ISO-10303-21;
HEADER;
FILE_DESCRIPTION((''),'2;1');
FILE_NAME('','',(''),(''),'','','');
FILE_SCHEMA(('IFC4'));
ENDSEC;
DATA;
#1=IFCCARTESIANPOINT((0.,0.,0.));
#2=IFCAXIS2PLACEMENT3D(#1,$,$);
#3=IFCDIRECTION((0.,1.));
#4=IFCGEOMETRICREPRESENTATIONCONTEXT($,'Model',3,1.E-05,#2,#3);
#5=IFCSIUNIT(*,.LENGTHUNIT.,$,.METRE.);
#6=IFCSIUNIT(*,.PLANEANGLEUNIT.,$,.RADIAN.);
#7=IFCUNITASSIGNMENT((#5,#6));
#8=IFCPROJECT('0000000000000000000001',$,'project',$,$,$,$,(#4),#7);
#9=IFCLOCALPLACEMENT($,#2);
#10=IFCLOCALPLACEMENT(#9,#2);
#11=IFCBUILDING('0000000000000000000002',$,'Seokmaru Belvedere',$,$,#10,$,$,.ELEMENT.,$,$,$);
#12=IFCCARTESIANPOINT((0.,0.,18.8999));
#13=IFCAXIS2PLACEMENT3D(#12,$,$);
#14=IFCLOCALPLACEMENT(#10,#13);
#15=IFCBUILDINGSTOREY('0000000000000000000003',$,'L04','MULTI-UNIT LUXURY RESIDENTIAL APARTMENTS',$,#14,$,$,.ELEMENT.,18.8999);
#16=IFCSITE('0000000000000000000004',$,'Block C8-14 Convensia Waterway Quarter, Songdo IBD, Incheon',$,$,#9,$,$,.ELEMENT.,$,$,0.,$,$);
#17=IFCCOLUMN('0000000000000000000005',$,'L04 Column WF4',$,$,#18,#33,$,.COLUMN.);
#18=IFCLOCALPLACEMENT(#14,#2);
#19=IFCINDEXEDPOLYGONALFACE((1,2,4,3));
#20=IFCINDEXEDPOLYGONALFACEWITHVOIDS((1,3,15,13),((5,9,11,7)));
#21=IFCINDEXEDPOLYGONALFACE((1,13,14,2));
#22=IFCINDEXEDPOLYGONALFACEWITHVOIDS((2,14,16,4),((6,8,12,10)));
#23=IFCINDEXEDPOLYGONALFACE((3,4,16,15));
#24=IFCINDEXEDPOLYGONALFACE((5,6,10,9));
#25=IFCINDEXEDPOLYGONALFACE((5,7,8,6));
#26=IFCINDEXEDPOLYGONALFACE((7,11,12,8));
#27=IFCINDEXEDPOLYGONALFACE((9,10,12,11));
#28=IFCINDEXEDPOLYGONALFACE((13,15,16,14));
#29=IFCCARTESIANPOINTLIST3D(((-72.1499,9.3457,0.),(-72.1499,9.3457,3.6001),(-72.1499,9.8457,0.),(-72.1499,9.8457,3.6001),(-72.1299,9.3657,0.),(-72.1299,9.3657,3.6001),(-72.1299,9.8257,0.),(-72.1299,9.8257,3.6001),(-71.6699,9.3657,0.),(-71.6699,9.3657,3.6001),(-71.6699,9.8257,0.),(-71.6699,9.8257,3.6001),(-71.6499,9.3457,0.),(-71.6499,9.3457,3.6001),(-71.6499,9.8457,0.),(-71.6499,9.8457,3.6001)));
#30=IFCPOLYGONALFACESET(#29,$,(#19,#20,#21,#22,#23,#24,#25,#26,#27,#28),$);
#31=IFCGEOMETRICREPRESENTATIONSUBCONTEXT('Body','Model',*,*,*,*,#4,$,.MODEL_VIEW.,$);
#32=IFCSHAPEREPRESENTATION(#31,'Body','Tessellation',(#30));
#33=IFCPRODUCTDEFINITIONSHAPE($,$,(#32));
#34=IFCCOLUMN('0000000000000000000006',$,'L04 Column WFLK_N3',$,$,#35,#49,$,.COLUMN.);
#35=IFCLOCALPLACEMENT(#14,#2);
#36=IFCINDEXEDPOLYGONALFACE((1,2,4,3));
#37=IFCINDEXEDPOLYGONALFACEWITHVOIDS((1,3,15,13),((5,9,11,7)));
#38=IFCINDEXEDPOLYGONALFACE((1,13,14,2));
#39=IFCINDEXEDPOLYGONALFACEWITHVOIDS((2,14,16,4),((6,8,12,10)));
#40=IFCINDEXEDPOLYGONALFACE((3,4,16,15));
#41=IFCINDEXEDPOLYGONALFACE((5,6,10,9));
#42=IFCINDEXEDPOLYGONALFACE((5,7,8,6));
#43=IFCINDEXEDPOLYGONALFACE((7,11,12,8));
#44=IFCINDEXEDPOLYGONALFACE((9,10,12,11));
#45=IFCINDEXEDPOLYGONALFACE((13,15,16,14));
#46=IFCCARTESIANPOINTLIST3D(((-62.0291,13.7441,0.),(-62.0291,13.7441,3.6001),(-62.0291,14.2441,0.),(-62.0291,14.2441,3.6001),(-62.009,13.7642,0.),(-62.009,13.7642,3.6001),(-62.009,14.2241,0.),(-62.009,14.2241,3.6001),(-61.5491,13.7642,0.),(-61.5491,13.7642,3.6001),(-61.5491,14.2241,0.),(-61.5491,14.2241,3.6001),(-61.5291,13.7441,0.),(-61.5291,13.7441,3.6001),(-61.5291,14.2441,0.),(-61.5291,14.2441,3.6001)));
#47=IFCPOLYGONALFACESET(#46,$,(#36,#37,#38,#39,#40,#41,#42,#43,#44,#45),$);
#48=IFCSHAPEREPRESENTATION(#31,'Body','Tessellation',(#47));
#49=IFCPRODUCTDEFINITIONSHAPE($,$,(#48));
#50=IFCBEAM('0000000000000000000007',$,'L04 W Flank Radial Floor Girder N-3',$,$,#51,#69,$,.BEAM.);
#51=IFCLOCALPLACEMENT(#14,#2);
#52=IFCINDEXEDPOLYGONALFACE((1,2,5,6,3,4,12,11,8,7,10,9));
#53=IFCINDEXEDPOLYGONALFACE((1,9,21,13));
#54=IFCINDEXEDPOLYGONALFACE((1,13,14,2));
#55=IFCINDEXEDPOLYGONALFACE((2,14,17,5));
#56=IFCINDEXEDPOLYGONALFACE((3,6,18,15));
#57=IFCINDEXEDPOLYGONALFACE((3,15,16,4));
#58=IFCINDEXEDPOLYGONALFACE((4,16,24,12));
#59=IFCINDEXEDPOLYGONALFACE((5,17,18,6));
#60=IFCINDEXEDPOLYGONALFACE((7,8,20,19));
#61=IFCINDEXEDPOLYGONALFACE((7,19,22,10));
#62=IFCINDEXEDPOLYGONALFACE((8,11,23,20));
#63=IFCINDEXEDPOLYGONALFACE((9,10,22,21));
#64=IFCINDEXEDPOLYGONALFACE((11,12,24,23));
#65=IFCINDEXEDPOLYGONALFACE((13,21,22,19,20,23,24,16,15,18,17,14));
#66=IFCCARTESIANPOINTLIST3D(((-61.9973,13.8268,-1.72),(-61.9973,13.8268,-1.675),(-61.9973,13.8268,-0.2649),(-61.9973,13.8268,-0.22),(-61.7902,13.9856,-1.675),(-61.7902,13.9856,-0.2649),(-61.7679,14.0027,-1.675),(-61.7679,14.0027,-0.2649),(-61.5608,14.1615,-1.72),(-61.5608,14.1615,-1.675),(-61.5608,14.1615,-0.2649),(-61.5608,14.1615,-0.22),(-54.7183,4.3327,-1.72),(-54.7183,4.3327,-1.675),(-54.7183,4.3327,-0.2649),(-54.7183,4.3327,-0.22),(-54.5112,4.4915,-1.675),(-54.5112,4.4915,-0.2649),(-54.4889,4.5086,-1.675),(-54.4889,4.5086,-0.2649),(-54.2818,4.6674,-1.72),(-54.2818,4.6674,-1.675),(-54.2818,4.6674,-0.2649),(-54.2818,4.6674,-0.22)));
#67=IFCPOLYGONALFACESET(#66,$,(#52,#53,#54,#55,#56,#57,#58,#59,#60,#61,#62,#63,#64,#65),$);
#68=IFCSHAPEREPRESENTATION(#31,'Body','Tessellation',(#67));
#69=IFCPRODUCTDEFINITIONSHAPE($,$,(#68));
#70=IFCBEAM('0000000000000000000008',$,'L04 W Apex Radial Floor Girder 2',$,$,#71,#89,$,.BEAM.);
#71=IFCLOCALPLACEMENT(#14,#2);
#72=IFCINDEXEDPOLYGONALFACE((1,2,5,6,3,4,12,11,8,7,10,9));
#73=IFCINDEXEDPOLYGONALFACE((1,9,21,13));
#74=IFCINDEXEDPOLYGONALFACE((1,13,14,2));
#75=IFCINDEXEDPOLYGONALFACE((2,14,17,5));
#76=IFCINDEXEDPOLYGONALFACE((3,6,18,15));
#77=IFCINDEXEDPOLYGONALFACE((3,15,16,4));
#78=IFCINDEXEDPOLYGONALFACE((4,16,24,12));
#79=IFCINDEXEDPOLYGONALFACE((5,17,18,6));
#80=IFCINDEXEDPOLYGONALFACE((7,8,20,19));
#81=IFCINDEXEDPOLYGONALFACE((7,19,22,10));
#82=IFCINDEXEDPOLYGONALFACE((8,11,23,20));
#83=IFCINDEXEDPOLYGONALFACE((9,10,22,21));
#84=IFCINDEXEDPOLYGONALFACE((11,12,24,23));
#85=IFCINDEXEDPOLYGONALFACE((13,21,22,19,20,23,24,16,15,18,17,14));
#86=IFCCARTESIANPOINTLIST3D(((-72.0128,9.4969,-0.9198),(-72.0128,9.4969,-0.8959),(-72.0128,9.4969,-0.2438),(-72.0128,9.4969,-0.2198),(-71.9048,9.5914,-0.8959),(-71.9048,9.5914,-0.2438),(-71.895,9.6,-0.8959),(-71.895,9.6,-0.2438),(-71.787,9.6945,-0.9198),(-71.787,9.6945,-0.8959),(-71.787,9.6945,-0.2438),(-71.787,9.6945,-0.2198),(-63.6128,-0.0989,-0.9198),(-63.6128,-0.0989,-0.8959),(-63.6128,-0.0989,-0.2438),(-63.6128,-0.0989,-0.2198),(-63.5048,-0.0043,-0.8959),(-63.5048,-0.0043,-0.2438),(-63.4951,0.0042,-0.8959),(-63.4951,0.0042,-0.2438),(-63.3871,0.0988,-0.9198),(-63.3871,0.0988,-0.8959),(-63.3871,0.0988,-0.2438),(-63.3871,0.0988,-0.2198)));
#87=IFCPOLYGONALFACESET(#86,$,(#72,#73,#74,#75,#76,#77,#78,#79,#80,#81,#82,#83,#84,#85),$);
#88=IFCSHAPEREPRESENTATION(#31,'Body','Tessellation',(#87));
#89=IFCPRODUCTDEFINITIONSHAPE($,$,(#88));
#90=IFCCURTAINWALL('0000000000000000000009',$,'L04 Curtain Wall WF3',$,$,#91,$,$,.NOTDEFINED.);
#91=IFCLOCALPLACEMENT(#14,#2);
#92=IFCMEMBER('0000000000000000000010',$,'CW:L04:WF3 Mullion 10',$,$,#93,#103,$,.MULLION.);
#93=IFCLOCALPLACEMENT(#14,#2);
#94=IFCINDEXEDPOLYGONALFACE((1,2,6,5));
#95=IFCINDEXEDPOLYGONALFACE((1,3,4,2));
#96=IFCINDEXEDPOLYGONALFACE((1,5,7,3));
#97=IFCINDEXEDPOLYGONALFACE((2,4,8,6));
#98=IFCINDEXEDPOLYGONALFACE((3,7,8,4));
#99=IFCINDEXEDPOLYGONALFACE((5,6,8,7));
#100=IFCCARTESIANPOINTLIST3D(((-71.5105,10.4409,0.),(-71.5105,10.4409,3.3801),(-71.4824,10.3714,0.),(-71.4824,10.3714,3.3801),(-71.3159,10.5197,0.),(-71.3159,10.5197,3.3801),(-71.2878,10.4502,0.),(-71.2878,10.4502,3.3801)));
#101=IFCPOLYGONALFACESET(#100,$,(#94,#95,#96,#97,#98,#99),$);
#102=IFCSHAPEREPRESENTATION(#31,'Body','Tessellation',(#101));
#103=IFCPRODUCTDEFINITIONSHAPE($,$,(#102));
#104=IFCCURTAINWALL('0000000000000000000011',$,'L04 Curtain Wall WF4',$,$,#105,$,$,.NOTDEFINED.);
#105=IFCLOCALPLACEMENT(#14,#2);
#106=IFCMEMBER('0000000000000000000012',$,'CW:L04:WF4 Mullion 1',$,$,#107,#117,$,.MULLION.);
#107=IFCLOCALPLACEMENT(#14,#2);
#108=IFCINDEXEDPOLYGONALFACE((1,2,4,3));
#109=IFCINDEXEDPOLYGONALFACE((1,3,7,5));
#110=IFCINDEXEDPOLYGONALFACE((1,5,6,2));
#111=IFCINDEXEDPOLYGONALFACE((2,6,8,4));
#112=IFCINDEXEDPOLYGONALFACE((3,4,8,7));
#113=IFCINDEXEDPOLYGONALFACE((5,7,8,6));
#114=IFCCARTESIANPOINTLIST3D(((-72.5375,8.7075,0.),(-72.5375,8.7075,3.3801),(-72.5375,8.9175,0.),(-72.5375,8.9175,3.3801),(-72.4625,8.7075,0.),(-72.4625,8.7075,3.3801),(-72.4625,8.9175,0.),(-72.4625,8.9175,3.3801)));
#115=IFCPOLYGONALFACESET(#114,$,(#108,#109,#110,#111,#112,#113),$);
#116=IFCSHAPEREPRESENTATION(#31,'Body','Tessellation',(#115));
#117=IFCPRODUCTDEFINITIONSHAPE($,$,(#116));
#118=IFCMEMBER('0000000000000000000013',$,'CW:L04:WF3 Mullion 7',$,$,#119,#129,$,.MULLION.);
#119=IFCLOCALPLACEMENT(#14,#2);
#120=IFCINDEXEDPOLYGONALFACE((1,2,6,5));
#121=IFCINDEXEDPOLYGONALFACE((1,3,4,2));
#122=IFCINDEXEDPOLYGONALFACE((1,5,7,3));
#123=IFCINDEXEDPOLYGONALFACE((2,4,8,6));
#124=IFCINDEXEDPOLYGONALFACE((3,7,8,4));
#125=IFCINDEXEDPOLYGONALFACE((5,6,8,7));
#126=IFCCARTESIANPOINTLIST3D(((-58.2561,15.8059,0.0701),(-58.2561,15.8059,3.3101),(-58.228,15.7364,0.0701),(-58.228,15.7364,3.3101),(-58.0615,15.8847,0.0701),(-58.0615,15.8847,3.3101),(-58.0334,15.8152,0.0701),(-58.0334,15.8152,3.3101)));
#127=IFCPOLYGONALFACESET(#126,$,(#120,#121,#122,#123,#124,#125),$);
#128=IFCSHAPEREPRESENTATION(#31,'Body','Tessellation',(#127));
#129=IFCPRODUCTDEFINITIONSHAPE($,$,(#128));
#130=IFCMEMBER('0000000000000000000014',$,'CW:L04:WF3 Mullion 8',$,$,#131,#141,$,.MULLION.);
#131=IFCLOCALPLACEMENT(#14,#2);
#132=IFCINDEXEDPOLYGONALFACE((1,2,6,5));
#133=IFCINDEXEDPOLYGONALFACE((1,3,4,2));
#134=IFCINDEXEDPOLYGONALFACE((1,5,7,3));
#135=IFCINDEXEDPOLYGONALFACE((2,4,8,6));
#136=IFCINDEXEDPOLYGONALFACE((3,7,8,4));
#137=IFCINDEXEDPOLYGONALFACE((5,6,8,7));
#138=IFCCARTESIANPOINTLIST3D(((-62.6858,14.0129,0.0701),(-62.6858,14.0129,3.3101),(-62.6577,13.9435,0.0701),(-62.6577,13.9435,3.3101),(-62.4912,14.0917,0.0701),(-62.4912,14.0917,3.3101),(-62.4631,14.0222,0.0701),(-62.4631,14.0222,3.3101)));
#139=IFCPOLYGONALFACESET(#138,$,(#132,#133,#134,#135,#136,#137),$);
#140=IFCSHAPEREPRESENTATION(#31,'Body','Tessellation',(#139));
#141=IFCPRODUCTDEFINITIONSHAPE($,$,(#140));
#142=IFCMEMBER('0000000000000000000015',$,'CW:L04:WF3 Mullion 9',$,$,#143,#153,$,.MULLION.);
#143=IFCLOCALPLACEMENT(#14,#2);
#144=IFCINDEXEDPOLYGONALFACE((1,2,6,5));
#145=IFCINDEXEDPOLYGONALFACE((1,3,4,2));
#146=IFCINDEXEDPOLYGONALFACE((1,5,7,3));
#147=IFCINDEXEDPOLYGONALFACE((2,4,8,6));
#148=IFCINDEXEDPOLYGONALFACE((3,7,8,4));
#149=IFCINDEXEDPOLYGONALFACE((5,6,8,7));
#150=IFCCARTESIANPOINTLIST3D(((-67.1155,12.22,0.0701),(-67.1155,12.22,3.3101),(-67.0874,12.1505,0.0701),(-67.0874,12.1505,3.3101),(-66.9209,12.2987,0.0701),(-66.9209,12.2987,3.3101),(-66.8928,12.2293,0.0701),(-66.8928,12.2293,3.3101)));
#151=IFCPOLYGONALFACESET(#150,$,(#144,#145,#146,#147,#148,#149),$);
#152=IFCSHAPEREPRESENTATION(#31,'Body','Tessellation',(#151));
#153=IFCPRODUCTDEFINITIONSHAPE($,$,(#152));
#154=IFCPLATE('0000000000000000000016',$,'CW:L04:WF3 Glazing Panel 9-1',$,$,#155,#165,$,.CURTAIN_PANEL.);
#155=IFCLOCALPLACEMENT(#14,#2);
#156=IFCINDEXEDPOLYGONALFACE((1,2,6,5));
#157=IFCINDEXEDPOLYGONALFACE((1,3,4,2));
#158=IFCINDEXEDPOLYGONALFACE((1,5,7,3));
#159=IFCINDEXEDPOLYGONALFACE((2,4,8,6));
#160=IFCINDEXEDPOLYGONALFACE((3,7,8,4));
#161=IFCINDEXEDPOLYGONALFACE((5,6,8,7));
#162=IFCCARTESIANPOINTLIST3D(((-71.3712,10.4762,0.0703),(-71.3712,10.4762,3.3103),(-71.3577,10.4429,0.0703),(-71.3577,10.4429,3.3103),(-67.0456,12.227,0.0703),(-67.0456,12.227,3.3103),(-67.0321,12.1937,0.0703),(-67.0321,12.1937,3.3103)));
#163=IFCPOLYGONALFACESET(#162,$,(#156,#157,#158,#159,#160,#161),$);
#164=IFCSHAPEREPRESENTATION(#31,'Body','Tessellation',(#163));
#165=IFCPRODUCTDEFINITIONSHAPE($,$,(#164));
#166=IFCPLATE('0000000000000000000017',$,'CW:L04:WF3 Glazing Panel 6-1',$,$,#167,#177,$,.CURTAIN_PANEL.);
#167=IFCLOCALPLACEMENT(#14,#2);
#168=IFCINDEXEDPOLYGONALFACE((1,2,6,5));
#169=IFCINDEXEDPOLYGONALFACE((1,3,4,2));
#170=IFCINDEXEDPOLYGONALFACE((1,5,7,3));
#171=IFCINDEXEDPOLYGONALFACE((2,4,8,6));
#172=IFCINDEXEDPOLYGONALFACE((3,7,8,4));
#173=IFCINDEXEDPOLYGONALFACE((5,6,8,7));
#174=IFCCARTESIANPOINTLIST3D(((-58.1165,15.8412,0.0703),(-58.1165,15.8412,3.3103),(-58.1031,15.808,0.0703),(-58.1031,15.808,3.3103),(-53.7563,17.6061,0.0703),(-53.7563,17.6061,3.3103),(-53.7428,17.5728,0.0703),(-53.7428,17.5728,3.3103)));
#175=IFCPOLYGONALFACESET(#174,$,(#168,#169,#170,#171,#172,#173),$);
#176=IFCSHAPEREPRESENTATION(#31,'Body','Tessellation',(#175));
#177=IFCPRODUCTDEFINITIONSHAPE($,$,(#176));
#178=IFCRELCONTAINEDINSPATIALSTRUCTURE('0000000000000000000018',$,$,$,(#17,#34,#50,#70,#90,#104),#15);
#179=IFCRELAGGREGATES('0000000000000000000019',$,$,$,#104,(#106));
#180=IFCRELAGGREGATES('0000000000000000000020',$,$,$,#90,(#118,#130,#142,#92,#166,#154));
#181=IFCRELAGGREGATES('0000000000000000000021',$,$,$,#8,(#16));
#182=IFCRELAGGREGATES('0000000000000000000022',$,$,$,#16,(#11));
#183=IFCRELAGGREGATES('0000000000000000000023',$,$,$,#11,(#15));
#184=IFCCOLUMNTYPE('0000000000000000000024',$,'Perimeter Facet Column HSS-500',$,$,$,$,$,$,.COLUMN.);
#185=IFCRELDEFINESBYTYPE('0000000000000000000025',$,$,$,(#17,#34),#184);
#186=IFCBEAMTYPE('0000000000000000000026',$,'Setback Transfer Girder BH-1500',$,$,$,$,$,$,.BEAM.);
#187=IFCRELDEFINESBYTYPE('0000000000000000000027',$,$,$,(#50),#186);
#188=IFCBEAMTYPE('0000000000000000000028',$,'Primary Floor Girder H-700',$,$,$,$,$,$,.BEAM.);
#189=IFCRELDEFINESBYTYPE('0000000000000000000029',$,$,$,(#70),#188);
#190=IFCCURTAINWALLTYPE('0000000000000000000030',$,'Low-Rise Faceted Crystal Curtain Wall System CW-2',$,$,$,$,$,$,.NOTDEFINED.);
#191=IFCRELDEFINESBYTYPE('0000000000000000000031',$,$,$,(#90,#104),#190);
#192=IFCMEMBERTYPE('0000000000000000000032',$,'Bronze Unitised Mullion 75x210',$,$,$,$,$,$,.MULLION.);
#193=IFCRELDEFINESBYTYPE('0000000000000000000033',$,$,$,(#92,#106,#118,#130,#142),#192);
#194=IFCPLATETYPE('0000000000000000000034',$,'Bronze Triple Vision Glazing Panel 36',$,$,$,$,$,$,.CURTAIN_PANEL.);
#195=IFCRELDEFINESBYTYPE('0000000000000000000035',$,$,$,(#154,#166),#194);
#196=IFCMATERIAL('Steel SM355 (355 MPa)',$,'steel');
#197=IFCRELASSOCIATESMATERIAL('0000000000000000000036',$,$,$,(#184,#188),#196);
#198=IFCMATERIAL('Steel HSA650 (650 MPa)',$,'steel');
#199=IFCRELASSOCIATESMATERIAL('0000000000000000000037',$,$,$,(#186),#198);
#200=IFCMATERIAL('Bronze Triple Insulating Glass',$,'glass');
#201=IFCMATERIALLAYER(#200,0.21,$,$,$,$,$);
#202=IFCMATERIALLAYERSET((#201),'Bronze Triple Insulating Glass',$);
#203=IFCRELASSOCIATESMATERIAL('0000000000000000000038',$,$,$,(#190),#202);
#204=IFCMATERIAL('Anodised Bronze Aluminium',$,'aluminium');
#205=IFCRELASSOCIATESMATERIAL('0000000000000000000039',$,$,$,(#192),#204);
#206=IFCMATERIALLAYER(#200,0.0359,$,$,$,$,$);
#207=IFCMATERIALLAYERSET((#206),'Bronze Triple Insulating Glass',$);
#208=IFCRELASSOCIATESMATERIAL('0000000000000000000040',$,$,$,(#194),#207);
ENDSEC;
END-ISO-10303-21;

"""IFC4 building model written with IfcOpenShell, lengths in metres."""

from ifc_helpers import new_model, si_unit, direction, frame, origin, origin_2d, place, context, subcontext, project, spatial, rectangle, hollow_rectangle, i_section, extrude, source, transform, mapped, material, layer, layer_set, material_profile, profile_set, type_object, type_shapes, element, aggregate, save


model = new_model("IFC4")

# Units and contexts
model_context = context("Model", 3, precision=1e-05, world=origin(), true_north=direction((0.0, 1.0)))
body_context = subcontext(model_context, "Body", "Model", "MODEL_VIEW")
ifc_project = project(units=[si_unit("LENGTHUNIT", "METRE"), si_unit("PLANEANGLEUNIT", "RADIAN")], contexts=[model_context])

# Site, building, storey
site_placement = place(None, origin())
site = spatial("IfcSite", under=ifc_project, at=site_placement, Name="Block C8-14 Convensia Waterway Quarter, Songdo IBD, Incheon", CompositionType="ELEMENT", RefElevation=0.0)
building_placement = place(site_placement, origin())
building = spatial("IfcBuilding", under=site, at=building_placement, Name="Seokmaru Belvedere", CompositionType="ELEMENT")
storey_placement = place(building_placement, frame((0.0, 0.0, 18.8999)))
storey = spatial("IfcBuildingStorey", under=building, at=storey_placement, Name="L04", Description="MULTI-UNIT LUXURY RESIDENTIAL APARTMENTS", CompositionType="ELEMENT", Elevation=18.8999)

# Columns
ifc_material_1 = material(Name="Steel SM355 (355 MPa)", Category="steel")
ifc_material_profile_1 = material_profile(ifc_material_1, hollow_rectangle(XDim=0.5, YDim=0.5, WallThickness=0.02, at=origin_2d()), Name="HSS-500x500x20")
ifc_profile_set_1 = profile_set([ifc_material_profile_1], Name="Steel SM355 (355 MPa)")
column_type = type_object("IfcColumnType", Name="Perimeter Facet Column HSS-500", PredefinedType="COLUMN", material=ifc_profile_set_1)
shared_shape_1 = source(origin(), body_context, "Body", "SweptSolid", [
    extrude(hollow_rectangle(XDim=0.5, YDim=0.5, WallThickness=0.02, at=origin_2d()), origin(), (0.0, 0.0, 1.0), 3.6001),
])
type_shapes(column_type, [shared_shape_1])
for number, where, z_axis, x_axis, name in (
    (1, (-71.8999, 9.5957, 0.0), (0.0, 0.0, 1.0), (1.0, 0.0, 0.0), "L04 Column WF4"),
    (2, (-61.7791, 13.9941, 0.0), (0.0, 0.0, 1.0), (1.0, 0.0, 0.0), "L04 Column WFLK_N3"),
):
    element("IfcColumn", number, at=place(storey_placement, frame(where, z_axis=z_axis, x_axis=x_axis)), inside=storey, type_object=column_type, Name=name, PredefinedType="COLUMN", context=body_context, shape_type="MappedRepresentation", body=[
        mapped(shared_shape_1, transform((0.0, 0.0, 0.0), scale=1.0)),
    ])

# Beams
ifc_material_2 = material(Name="Steel HSA650 (650 MPa)", Category="steel")
ifc_material_profile_2 = material_profile(ifc_material_2, i_section(OverallWidth=0.55, OverallDepth=1.5, WebThickness=0.0281, FlangeThickness=0.0449, at=origin_2d()), Name="BH-1500x550x28x45")
ifc_profile_set_2 = profile_set([ifc_material_profile_2], Name="Steel HSA650 (650 MPa)")
beam_type_1 = type_object("IfcBeamType", Name="Setback Transfer Girder BH-1500", PredefinedType="BEAM", material=ifc_profile_set_2)
shared_shape_2 = source(origin(), body_context, "Body", "SweptSolid", [
    extrude(i_section(OverallWidth=0.55, OverallDepth=1.5, WebThickness=0.0281, FlangeThickness=0.0449, at=origin_2d()), origin(), (0.0, 0.0, 1.0), 11.9634),
])
type_shapes(beam_type_1, [shared_shape_2])
beam_1_placement = place(storey_placement, frame((-61.7791, 13.9941, -0.97), z_axis=(0.608443, -0.793598, 0.0), x_axis=(0.793598, 0.608443, 0.0)))
element("IfcBeam", 3, at=beam_1_placement, inside=storey, type_object=beam_type_1, Name="L04 W Flank Radial Floor Girder N-3", PredefinedType="BEAM", context=body_context, shape_type="MappedRepresentation", body=[
    mapped(shared_shape_2, transform((0.0, 0.0, 0.0), scale=1.0)),
])
ifc_material_profile_3 = material_profile(ifc_material_1, i_section(OverallWidth=0.3, OverallDepth=0.7, WebThickness=0.0129, FlangeThickness=0.0239, at=origin_2d()), Name="H-700x300x13x24")
ifc_profile_set_3 = profile_set([ifc_material_profile_3], Name="Steel SM355 (355 MPa)")
beam_type_2 = type_object("IfcBeamType", Name="Primary Floor Girder H-700", PredefinedType="BEAM", material=ifc_profile_set_3)
shared_shape_3 = source(origin(), body_context, "Body", "SweptSolid", [
    extrude(i_section(OverallWidth=0.3, OverallDepth=0.7, WebThickness=0.0129, FlangeThickness=0.0239, at=origin_2d()), origin(), (0.0, 0.0, 1.0), 12.7529),
])
type_shapes(beam_type_2, [shared_shape_3])
beam_2_placement = place(storey_placement, frame((-71.8999, 9.5957, -0.5698), z_axis=(0.658667, -0.752434, 0.0), x_axis=(0.752434, 0.658667, 0.0)))
element("IfcBeam", 4, at=beam_2_placement, inside=storey, type_object=beam_type_2, Name="L04 W Apex Radial Floor Girder 2", PredefinedType="BEAM", context=body_context, shape_type="MappedRepresentation", body=[
    mapped(shared_shape_3, transform((0.0, 0.0, 0.0), scale=1.0)),
])

# Curtain walls, members
ifc_material_3 = material(Name="Bronze Triple Insulating Glass", Category="glass")
ifc_layer_1 = layer(ifc_material_3, 0.21)
ifc_layer_set_1 = layer_set([ifc_layer_1], Name="Bronze Triple Insulating Glass")
curtain_wall_type = type_object("IfcCurtainWallType", Name="Low-Rise Faceted Crystal Curtain Wall System CW-2", PredefinedType="NOTDEFINED", material=ifc_layer_set_1)
curtain_wall_1_placement = place(storey_placement, origin())
curtain_wall_1 = element("IfcCurtainWall", 5, at=curtain_wall_1_placement, inside=storey, type_object=curtain_wall_type, Name="L04 Curtain Wall WF3", PredefinedType="NOTDEFINED")
ifc_material_4 = material(Name="Anodised Bronze Aluminium", Category="aluminium")
ifc_material_profile_4 = material_profile(ifc_material_4, rectangle(XDim=0.075, YDim=0.21, at=origin_2d()), Name="CW-M-75x210")
ifc_profile_set_4 = profile_set([ifc_material_profile_4], Name="Anodised Bronze Aluminium")
member_type = type_object("IfcMemberType", Name="Bronze Unitised Mullion 75x210", PredefinedType="MULLION", material=ifc_profile_set_4)
shared_shape_4 = source(origin(), body_context, "Body", "SweptSolid", [
    extrude(rectangle(XDim=0.075, YDim=0.21, at=origin_2d()), origin(), (0.0, 0.0, 1.0), 3.3801),
])
member_1_placement = place(storey_placement, frame((-71.3992, 10.4456, 0.0), z_axis=(0.0, 0.0, 1.0), x_axis=(0.375192, -0.926947, 0.0)))
member_1 = element("IfcMember", 6, at=member_1_placement, type_object=member_type, Name="CW:L04:WF3 Mullion 10", PredefinedType="MULLION", context=body_context, shape_type="MappedRepresentation", body=[
    mapped(shared_shape_4, transform((0.0, 0.0, 0.0), scale=1.0)),
])
curtain_wall_2_placement = place(storey_placement, origin())
curtain_wall_2 = element("IfcCurtainWall", 7, at=curtain_wall_2_placement, inside=storey, type_object=curtain_wall_type, Name="L04 Curtain Wall WF4", PredefinedType="NOTDEFINED")
member_2_placement = place(storey_placement, frame((-72.5, 8.8125, 0.0), z_axis=(0.0, 0.0, 1.0), x_axis=(1.0, 0.0, 0.0)))
member_2 = element("IfcMember", 8, at=member_2_placement, type_object=member_type, Name="CW:L04:WF4 Mullion 1", PredefinedType="MULLION", context=body_context, shape_type="MappedRepresentation", body=[
    mapped(shared_shape_4, transform((0.0, 0.0, 0.0), scale=1.0)),
])
aggregate(curtain_wall_2, [member_2])

# Members
shared_shape_5 = source(origin(), body_context, "Body", "SweptSolid", [
    extrude(rectangle(XDim=0.075, YDim=0.21, at=origin_2d()), origin(), (0.0, 0.0, 1.0), 3.24),
])
type_shapes(member_type, [shared_shape_4, shared_shape_5])
member_3_placement = place(storey_placement, frame((-58.1448, 15.8105, 0.0701), z_axis=(0.0, 0.0, 1.0), x_axis=(0.375192, -0.926947, 0.0)))
member_3 = element("IfcMember", 9, at=member_3_placement, type_object=member_type, Name="CW:L04:WF3 Mullion 7", PredefinedType="MULLION", context=body_context, shape_type="MappedRepresentation", body=[
    mapped(shared_shape_5, transform((0.0, 0.0, 0.0), scale=1.0)),
])
member_4_placement = place(storey_placement, frame((-62.5745, 14.0176, 0.0701), z_axis=(0.0, 0.0, 1.0), x_axis=(0.375192, -0.926947, 0.0)))
member_4 = element("IfcMember", 10, at=member_4_placement, type_object=member_type, Name="CW:L04:WF3 Mullion 8", PredefinedType="MULLION", context=body_context, shape_type="MappedRepresentation", body=[
    mapped(shared_shape_5, transform((0.0, 0.0, 0.0), scale=1.0)),
])
member_5_placement = place(storey_placement, frame((-67.0042, 12.2246, 0.0701), z_axis=(0.0, 0.0, 1.0), x_axis=(0.375192, -0.926947, 0.0)))
member_5 = element("IfcMember", 11, at=member_5_placement, type_object=member_type, Name="CW:L04:WF3 Mullion 9", PredefinedType="MULLION", context=body_context, shape_type="MappedRepresentation", body=[
    mapped(shared_shape_5, transform((0.0, 0.0, 0.0), scale=1.0)),
])

# Plates
ifc_layer_2 = layer(ifc_material_3, 0.0359)
ifc_layer_set_2 = layer_set([ifc_layer_2], Name="Bronze Triple Insulating Glass")
plate_type = type_object("IfcPlateType", Name="Bronze Triple Vision Glazing Panel 36", PredefinedType="CURTAIN_PANEL", material=ifc_layer_set_2)
shared_shape_6 = source(origin(), body_context, "Body", "SweptSolid", [
    extrude(rectangle(XDim=4.6665, YDim=0.0359, at=origin_2d()), origin(), (0.0, 0.0, 1.0), 3.24),
])
plate_1_placement = place(storey_placement, frame((-69.2017, 11.335, 0.0703), z_axis=(0.0, 0.0, 1.0), x_axis=(-0.926947, -0.375192, 0.0)))
plate_1 = element("IfcPlate", 12, at=plate_1_placement, type_object=plate_type, Name="CW:L04:WF3 Glazing Panel 9-1", PredefinedType="CURTAIN_PANEL", context=body_context, shape_type="MappedRepresentation", body=[
    mapped(shared_shape_6, transform((0.0, 0.0, 0.0), scale=1.0)),
])
shared_shape_7 = source(origin(), body_context, "Body", "SweptSolid", [
    extrude(rectangle(XDim=4.7039, YDim=0.0359, at=origin_2d()), origin(), (0.0, 0.0, 1.0), 3.24),
])
type_shapes(plate_type, [shared_shape_6, shared_shape_7])
plate_2_placement = place(storey_placement, frame((-55.9297, 16.707, 0.0703), z_axis=(0.0, 0.0, 1.0), x_axis=(-0.926947, -0.375192, 0.0)))
plate_2 = element("IfcPlate", 13, at=plate_2_placement, type_object=plate_type, Name="CW:L04:WF3 Glazing Panel 6-1", PredefinedType="CURTAIN_PANEL", context=body_context, shape_type="MappedRepresentation", body=[
    mapped(shared_shape_7, transform((0.0, 0.0, 0.0), scale=1.0)),
])
aggregate(curtain_wall_1, [member_3, member_4, member_5, member_1, plate_2, plate_1])

save(model, "model.ifc")
